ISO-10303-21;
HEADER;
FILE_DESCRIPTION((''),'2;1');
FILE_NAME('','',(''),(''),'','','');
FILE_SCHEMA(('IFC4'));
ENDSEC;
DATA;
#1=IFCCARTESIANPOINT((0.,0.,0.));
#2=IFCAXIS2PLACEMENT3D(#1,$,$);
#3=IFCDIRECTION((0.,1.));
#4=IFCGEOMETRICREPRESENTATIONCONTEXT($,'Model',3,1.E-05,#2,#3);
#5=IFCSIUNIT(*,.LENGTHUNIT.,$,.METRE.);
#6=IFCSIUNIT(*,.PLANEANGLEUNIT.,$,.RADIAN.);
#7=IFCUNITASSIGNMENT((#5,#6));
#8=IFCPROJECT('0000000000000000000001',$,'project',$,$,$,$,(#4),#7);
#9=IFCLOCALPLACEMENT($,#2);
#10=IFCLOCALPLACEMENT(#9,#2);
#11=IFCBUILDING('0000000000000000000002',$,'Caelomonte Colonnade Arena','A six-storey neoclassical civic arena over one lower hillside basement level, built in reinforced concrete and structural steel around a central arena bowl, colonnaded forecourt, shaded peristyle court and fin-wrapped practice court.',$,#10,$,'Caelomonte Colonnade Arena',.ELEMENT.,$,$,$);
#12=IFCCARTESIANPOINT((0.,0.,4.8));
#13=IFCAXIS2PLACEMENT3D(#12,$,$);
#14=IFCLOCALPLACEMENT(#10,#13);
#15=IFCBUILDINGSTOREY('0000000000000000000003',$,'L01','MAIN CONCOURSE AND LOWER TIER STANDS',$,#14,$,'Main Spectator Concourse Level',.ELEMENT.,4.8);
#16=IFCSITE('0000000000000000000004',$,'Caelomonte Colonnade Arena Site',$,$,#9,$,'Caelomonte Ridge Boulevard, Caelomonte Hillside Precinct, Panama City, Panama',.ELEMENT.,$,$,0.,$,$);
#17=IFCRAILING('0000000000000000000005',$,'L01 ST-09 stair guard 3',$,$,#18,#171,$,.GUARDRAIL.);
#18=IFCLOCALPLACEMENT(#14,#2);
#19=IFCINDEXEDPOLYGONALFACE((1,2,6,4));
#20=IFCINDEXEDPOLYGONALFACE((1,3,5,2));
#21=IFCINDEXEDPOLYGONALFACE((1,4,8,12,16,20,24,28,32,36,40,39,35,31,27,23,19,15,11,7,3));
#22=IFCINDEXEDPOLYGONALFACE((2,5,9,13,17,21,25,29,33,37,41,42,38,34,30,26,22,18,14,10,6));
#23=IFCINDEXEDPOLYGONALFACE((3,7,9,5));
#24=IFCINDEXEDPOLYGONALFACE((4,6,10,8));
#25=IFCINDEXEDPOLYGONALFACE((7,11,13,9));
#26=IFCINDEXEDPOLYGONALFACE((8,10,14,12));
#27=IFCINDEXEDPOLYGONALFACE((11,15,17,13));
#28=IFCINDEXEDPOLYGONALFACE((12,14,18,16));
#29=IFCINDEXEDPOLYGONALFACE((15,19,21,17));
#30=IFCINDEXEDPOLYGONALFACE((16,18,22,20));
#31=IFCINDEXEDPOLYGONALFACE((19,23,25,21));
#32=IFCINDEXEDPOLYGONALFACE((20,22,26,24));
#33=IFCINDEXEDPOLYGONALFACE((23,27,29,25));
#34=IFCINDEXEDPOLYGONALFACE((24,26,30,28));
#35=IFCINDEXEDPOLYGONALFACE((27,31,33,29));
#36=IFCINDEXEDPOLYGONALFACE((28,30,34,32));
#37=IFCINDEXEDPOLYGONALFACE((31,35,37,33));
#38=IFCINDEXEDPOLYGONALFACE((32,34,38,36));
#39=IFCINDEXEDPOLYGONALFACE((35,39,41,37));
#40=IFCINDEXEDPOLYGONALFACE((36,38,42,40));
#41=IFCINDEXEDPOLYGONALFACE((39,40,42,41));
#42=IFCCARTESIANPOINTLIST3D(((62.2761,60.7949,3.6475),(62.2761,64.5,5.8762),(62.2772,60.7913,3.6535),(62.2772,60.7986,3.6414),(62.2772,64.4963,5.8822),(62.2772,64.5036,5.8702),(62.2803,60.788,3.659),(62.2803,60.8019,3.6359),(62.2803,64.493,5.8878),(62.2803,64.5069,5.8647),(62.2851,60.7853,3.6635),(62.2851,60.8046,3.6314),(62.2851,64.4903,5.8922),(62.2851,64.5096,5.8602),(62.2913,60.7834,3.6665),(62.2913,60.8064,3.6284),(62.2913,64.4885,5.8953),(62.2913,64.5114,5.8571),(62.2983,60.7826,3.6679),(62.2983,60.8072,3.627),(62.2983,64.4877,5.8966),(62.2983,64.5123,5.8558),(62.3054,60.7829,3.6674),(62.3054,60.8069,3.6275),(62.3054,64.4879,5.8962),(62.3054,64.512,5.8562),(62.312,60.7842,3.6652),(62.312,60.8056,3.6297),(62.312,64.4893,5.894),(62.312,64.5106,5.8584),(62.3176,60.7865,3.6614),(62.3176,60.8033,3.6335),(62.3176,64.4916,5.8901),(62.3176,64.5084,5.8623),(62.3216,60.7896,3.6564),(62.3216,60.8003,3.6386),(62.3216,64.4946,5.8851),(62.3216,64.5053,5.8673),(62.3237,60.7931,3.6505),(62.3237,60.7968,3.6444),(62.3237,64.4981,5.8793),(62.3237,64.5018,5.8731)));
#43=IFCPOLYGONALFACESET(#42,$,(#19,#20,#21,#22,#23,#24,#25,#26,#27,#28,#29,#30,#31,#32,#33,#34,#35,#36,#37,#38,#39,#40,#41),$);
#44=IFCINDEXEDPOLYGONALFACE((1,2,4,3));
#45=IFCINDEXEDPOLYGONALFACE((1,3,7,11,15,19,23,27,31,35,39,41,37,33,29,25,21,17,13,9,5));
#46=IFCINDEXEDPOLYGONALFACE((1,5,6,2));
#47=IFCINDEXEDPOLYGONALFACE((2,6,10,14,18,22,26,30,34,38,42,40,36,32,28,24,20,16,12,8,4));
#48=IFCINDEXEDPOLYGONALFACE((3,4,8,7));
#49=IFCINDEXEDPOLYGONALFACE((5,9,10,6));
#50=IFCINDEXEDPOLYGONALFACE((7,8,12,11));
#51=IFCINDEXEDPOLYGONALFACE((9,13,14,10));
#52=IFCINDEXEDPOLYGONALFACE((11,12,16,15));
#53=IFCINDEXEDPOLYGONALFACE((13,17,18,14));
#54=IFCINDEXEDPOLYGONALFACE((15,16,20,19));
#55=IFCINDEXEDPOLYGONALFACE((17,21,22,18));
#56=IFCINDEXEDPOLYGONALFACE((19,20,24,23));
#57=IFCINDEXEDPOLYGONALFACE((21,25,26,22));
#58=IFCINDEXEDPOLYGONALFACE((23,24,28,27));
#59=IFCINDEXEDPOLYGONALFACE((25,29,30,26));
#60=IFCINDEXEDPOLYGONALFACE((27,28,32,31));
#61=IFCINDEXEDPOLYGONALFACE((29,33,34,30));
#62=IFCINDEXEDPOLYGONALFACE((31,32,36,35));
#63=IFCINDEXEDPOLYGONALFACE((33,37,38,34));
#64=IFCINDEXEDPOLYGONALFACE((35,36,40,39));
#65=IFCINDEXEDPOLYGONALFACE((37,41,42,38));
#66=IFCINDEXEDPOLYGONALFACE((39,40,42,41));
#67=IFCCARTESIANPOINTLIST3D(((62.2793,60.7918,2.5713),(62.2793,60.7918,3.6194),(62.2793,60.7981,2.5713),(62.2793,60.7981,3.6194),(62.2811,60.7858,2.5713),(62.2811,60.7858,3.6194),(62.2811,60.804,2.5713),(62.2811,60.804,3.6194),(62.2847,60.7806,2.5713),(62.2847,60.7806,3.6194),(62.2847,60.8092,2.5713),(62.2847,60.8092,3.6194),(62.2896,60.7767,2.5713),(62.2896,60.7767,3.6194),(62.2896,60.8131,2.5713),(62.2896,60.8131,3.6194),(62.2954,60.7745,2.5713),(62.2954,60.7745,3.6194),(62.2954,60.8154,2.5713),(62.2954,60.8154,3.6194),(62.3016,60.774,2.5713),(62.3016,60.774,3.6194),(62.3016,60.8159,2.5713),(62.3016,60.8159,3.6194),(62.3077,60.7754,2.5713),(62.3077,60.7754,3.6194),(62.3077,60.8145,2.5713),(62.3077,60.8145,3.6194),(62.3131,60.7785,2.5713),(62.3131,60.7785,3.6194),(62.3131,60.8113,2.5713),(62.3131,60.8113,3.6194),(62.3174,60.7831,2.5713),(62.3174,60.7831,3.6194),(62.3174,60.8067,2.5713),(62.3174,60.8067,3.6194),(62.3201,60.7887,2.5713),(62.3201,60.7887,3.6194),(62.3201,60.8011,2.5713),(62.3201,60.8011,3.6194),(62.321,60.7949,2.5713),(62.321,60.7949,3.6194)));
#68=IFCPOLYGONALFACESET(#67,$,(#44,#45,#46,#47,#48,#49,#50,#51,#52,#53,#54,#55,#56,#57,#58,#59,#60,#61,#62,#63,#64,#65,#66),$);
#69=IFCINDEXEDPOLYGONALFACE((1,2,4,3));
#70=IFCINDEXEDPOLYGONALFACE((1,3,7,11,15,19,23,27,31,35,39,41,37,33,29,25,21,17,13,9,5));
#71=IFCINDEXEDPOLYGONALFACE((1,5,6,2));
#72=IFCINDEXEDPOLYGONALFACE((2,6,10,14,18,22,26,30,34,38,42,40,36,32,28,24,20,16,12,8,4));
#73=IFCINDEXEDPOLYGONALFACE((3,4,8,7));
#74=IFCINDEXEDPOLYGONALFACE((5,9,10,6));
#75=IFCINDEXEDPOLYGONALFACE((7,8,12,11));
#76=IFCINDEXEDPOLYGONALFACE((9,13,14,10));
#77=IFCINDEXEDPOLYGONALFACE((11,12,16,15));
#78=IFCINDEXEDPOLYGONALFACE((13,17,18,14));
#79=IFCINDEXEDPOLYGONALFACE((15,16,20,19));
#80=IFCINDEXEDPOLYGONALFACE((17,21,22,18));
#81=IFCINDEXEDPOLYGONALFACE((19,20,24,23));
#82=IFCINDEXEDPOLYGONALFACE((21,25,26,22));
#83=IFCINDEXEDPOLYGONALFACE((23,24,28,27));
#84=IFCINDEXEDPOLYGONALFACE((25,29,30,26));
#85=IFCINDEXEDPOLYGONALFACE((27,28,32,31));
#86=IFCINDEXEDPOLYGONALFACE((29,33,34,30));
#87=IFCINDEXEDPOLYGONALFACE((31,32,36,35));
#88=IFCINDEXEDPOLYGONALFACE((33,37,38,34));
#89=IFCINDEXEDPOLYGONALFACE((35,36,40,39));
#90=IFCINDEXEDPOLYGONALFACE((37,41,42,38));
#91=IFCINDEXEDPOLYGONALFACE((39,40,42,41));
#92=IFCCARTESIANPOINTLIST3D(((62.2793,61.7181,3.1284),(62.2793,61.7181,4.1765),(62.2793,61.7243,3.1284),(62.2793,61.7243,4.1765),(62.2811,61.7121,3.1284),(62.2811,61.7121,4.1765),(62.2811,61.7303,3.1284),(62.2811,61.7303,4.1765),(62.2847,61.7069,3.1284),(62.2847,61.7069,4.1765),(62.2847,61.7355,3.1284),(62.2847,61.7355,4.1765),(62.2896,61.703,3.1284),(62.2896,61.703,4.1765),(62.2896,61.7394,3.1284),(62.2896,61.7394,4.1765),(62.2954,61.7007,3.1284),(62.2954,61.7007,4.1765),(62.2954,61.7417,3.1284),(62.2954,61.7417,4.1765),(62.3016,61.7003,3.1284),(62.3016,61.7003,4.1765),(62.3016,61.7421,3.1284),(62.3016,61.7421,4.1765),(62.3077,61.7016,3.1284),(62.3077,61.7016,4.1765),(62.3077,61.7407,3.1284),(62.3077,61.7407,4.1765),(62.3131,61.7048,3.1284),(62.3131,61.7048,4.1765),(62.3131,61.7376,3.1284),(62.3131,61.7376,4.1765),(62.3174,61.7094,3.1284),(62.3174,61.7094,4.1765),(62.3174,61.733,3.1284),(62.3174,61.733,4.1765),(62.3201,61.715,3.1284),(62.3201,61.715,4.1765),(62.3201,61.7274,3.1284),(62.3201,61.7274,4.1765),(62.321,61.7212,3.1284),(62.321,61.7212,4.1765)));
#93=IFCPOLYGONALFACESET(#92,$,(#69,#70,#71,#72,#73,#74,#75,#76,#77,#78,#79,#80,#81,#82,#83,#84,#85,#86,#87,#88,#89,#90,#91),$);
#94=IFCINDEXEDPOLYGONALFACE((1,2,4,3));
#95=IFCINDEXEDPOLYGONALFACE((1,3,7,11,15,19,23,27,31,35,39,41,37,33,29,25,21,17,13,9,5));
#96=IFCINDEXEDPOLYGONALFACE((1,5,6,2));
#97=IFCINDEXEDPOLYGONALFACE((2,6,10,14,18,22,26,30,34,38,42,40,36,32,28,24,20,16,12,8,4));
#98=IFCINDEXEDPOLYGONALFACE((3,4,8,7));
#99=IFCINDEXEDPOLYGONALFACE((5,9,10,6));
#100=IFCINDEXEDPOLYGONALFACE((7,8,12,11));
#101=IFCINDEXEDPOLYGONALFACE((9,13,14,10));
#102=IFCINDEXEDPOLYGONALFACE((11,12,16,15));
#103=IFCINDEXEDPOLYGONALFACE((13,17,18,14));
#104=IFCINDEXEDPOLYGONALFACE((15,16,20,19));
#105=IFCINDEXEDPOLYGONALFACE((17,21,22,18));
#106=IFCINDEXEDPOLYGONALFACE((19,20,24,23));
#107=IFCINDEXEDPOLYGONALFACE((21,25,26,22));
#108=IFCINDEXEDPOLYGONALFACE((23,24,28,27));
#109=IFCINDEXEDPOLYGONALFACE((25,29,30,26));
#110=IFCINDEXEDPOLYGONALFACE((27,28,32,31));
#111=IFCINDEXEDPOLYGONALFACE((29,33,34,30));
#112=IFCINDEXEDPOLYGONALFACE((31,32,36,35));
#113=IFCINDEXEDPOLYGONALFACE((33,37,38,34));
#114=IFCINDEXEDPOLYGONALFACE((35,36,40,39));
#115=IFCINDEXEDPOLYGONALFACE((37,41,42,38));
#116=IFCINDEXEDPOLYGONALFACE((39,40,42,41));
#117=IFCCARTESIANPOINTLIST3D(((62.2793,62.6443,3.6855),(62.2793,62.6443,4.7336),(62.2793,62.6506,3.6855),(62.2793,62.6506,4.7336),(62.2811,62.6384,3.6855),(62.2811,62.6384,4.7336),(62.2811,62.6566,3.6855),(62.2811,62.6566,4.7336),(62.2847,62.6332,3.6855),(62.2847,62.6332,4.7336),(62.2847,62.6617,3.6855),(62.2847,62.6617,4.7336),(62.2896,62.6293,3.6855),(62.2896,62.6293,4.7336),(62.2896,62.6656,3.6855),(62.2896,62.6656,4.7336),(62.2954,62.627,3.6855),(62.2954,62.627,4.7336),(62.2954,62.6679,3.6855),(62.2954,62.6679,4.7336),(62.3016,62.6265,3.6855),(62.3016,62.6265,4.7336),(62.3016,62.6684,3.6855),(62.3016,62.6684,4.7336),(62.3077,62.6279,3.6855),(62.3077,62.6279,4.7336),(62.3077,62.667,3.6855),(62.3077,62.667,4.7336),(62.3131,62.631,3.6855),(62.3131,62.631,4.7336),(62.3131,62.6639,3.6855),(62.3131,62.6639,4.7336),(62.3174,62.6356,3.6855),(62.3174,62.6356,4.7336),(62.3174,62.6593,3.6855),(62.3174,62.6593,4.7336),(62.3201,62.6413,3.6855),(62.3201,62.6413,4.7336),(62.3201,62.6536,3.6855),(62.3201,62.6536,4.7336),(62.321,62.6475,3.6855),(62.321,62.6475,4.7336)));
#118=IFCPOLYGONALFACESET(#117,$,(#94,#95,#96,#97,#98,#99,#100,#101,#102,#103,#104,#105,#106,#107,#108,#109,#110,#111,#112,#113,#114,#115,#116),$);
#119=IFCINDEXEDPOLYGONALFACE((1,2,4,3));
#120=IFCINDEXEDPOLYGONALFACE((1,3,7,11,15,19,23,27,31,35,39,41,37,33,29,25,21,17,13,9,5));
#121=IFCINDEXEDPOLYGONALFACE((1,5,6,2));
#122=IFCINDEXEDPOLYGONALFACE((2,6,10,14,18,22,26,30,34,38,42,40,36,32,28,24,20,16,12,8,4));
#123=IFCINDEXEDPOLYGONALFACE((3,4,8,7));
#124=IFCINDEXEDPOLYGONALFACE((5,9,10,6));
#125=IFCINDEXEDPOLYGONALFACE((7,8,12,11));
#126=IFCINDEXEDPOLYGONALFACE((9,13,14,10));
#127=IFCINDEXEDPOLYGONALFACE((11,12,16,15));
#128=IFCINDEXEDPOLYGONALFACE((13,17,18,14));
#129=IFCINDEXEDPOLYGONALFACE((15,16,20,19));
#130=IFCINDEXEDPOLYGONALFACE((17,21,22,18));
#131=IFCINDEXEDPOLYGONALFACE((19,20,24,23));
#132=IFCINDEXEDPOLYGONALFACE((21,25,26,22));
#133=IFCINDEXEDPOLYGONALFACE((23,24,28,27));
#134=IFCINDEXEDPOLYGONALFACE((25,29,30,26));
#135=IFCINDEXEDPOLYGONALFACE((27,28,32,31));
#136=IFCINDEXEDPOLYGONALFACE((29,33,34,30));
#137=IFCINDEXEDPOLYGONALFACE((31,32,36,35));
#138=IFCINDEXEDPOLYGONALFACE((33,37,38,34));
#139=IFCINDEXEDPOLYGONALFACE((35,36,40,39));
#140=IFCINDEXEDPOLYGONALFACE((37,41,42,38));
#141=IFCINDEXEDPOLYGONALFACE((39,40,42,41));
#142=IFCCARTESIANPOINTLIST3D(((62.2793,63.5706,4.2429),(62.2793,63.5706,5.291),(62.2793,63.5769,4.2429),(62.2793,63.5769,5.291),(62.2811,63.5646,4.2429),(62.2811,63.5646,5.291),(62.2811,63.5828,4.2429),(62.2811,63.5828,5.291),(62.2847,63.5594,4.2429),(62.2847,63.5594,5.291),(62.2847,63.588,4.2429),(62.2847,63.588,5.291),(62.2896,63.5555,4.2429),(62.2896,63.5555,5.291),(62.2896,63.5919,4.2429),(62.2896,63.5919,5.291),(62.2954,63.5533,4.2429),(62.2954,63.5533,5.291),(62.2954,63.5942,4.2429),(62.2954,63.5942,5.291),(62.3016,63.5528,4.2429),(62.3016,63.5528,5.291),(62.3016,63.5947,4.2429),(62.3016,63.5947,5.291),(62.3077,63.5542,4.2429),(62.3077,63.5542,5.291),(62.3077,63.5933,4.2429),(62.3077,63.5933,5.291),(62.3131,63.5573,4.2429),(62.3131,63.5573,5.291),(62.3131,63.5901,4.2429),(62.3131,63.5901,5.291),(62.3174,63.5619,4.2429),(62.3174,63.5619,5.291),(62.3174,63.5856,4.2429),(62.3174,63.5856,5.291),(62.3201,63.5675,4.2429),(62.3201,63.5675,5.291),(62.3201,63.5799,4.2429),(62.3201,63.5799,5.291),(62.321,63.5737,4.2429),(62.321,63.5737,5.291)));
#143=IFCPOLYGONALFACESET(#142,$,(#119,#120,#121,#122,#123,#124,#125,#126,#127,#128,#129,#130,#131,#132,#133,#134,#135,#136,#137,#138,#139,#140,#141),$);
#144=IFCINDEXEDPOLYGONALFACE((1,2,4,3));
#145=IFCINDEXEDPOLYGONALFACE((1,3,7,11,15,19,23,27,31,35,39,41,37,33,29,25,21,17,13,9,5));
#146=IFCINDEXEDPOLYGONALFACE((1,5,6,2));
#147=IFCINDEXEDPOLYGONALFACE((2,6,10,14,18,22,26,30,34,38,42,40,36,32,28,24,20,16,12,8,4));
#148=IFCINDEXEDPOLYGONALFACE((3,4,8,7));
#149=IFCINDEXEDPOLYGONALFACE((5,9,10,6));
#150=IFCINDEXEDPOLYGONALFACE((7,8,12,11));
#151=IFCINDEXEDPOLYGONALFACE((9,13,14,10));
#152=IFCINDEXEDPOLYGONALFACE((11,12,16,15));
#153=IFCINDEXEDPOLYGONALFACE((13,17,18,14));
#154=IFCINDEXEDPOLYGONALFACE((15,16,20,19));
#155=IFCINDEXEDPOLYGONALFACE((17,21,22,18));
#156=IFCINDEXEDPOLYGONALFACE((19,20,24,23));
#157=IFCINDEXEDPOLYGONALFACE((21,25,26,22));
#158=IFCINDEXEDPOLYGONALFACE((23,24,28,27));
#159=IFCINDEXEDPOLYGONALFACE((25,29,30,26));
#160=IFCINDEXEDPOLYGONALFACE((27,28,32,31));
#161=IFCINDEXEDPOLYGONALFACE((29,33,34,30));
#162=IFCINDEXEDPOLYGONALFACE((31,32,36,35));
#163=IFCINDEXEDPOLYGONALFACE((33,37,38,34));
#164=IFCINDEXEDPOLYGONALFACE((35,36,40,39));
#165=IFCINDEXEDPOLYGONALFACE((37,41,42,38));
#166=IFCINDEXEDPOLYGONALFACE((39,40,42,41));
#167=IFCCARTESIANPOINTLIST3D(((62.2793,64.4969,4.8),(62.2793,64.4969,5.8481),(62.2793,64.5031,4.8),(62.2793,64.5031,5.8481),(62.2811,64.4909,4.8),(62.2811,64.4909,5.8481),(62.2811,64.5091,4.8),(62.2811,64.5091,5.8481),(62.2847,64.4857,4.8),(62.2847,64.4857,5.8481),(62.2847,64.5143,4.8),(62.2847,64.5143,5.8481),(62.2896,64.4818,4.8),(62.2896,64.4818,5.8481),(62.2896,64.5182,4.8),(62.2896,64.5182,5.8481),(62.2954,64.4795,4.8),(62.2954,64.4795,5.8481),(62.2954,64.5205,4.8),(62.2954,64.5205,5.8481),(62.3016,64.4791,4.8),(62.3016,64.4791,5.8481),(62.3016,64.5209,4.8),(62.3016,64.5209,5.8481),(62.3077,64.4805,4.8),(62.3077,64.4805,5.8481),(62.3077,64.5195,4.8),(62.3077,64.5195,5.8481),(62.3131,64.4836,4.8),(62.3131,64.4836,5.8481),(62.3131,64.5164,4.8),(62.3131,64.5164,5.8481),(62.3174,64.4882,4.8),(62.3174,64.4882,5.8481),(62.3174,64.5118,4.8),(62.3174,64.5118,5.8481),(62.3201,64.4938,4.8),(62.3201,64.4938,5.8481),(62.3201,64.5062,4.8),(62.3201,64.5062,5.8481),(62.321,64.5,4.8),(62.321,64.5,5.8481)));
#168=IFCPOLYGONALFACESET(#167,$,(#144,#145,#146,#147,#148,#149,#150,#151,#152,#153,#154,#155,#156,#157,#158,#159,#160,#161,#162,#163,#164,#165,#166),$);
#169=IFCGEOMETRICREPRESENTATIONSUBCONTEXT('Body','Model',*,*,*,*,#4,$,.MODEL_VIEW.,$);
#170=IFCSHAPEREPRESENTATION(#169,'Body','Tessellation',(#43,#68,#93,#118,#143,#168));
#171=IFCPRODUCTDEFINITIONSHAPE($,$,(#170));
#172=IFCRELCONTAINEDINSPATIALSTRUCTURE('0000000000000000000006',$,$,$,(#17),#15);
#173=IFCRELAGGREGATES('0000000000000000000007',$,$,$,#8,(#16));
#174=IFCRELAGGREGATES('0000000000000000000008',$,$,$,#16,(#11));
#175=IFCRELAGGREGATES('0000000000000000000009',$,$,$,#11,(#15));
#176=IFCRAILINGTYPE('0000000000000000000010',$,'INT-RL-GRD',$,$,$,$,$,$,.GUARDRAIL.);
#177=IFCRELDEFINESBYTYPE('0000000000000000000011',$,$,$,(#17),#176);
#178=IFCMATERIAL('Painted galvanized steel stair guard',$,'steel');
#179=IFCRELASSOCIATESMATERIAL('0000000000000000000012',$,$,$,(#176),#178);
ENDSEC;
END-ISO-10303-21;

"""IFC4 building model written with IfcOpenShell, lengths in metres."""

from ifc_helpers import new_model, si_unit, direction, frame, origin, origin_2d, place, context, subcontext, project, spatial, circle, extrude, material, type_object, element, save


model = new_model("IFC4")

# Units and contexts
model_context = context("Model", 3, precision=1e-05, world=origin(), true_north=direction((0.0, 1.0)))
body_context = subcontext(model_context, "Body", "Model", "MODEL_VIEW")
ifc_project = project(units=[si_unit("LENGTHUNIT", "METRE"), si_unit("PLANEANGLEUNIT", "RADIAN")], contexts=[model_context])

# Site, building, storey
site_placement = place(None, origin())
site = spatial("IfcSite", under=ifc_project, at=site_placement, Name="Caelomonte Colonnade Arena Site", LongName="Caelomonte Ridge Boulevard, Caelomonte Hillside Precinct, Panama City, Panama", CompositionType="ELEMENT", RefElevation=0.0)
building_placement = place(site_placement, origin())
building = spatial("IfcBuilding", under=site, at=building_placement, Name="Caelomonte Colonnade Arena", Description="A six-storey neoclassical civic arena over one lower hillside basement level, built in reinforced concrete and structural steel around a central arena bowl, colonnaded forecourt, shaded peristyle court and fin-wrapped practice court.", LongName="Caelomonte Colonnade Arena", CompositionType="ELEMENT")
storey_placement = place(building_placement, frame((0.0, 0.0, 4.8)))
storey = spatial("IfcBuildingStorey", under=building, at=storey_placement, Name="L01", Description="MAIN CONCOURSE AND LOWER TIER STANDS", LongName="Main Spectator Concourse Level", CompositionType="ELEMENT", Elevation=4.8)

# Railing
ifc_material_1 = material(Name="Painted galvanized steel stair guard", Category="steel")
railing_type_1 = type_object("IfcRailingType", Name="INT-RL-GRD", PredefinedType="GUARDRAIL", material=ifc_material_1)
railing_1_placement = place(storey_placement, frame((62.3, 60.7949, 2.5713)))
element("IfcRailing", 1, at=railing_1_placement, inside=storey, type_object=railing_type_1, Name="L01 ST-09 stair guard 3", PredefinedType="GUARDRAIL", context=body_context, shape_type="SweptSolid", body=[
    extrude(circle(Radius=0.0239, at=origin_2d()), frame((0.0, 0.0, 1.0762), z_axis=(0.0, 0.856909, 0.515467), x_axis=(-1.0, 0.0, 0.0)), (0.0, 0.0, 1.0), 4.3237),
    extrude(circle(Radius=0.021, at=origin_2d()), origin(), (0.0, 0.0, 1.0), 1.0481),
    extrude(circle(Radius=0.021, at=origin_2d()), frame((0.0, 0.9263, 0.5571)), (0.0, 0.0, 1.0), 1.0481),
    extrude(circle(Radius=0.021, at=origin_2d()), frame((0.0, 1.8525, 1.1143)), (0.0, 0.0, 1.0), 1.0481),
    extrude(circle(Radius=0.021, at=origin_2d()), frame((0.0, 2.7788, 1.6716)), (0.0, 0.0, 1.0), 1.0481),
    extrude(circle(Radius=0.021, at=origin_2d()), frame((0.0, 3.7051, 2.2288)), (0.0, 0.0, 1.0), 1.0481),
])

save(model, "model.ifc")
